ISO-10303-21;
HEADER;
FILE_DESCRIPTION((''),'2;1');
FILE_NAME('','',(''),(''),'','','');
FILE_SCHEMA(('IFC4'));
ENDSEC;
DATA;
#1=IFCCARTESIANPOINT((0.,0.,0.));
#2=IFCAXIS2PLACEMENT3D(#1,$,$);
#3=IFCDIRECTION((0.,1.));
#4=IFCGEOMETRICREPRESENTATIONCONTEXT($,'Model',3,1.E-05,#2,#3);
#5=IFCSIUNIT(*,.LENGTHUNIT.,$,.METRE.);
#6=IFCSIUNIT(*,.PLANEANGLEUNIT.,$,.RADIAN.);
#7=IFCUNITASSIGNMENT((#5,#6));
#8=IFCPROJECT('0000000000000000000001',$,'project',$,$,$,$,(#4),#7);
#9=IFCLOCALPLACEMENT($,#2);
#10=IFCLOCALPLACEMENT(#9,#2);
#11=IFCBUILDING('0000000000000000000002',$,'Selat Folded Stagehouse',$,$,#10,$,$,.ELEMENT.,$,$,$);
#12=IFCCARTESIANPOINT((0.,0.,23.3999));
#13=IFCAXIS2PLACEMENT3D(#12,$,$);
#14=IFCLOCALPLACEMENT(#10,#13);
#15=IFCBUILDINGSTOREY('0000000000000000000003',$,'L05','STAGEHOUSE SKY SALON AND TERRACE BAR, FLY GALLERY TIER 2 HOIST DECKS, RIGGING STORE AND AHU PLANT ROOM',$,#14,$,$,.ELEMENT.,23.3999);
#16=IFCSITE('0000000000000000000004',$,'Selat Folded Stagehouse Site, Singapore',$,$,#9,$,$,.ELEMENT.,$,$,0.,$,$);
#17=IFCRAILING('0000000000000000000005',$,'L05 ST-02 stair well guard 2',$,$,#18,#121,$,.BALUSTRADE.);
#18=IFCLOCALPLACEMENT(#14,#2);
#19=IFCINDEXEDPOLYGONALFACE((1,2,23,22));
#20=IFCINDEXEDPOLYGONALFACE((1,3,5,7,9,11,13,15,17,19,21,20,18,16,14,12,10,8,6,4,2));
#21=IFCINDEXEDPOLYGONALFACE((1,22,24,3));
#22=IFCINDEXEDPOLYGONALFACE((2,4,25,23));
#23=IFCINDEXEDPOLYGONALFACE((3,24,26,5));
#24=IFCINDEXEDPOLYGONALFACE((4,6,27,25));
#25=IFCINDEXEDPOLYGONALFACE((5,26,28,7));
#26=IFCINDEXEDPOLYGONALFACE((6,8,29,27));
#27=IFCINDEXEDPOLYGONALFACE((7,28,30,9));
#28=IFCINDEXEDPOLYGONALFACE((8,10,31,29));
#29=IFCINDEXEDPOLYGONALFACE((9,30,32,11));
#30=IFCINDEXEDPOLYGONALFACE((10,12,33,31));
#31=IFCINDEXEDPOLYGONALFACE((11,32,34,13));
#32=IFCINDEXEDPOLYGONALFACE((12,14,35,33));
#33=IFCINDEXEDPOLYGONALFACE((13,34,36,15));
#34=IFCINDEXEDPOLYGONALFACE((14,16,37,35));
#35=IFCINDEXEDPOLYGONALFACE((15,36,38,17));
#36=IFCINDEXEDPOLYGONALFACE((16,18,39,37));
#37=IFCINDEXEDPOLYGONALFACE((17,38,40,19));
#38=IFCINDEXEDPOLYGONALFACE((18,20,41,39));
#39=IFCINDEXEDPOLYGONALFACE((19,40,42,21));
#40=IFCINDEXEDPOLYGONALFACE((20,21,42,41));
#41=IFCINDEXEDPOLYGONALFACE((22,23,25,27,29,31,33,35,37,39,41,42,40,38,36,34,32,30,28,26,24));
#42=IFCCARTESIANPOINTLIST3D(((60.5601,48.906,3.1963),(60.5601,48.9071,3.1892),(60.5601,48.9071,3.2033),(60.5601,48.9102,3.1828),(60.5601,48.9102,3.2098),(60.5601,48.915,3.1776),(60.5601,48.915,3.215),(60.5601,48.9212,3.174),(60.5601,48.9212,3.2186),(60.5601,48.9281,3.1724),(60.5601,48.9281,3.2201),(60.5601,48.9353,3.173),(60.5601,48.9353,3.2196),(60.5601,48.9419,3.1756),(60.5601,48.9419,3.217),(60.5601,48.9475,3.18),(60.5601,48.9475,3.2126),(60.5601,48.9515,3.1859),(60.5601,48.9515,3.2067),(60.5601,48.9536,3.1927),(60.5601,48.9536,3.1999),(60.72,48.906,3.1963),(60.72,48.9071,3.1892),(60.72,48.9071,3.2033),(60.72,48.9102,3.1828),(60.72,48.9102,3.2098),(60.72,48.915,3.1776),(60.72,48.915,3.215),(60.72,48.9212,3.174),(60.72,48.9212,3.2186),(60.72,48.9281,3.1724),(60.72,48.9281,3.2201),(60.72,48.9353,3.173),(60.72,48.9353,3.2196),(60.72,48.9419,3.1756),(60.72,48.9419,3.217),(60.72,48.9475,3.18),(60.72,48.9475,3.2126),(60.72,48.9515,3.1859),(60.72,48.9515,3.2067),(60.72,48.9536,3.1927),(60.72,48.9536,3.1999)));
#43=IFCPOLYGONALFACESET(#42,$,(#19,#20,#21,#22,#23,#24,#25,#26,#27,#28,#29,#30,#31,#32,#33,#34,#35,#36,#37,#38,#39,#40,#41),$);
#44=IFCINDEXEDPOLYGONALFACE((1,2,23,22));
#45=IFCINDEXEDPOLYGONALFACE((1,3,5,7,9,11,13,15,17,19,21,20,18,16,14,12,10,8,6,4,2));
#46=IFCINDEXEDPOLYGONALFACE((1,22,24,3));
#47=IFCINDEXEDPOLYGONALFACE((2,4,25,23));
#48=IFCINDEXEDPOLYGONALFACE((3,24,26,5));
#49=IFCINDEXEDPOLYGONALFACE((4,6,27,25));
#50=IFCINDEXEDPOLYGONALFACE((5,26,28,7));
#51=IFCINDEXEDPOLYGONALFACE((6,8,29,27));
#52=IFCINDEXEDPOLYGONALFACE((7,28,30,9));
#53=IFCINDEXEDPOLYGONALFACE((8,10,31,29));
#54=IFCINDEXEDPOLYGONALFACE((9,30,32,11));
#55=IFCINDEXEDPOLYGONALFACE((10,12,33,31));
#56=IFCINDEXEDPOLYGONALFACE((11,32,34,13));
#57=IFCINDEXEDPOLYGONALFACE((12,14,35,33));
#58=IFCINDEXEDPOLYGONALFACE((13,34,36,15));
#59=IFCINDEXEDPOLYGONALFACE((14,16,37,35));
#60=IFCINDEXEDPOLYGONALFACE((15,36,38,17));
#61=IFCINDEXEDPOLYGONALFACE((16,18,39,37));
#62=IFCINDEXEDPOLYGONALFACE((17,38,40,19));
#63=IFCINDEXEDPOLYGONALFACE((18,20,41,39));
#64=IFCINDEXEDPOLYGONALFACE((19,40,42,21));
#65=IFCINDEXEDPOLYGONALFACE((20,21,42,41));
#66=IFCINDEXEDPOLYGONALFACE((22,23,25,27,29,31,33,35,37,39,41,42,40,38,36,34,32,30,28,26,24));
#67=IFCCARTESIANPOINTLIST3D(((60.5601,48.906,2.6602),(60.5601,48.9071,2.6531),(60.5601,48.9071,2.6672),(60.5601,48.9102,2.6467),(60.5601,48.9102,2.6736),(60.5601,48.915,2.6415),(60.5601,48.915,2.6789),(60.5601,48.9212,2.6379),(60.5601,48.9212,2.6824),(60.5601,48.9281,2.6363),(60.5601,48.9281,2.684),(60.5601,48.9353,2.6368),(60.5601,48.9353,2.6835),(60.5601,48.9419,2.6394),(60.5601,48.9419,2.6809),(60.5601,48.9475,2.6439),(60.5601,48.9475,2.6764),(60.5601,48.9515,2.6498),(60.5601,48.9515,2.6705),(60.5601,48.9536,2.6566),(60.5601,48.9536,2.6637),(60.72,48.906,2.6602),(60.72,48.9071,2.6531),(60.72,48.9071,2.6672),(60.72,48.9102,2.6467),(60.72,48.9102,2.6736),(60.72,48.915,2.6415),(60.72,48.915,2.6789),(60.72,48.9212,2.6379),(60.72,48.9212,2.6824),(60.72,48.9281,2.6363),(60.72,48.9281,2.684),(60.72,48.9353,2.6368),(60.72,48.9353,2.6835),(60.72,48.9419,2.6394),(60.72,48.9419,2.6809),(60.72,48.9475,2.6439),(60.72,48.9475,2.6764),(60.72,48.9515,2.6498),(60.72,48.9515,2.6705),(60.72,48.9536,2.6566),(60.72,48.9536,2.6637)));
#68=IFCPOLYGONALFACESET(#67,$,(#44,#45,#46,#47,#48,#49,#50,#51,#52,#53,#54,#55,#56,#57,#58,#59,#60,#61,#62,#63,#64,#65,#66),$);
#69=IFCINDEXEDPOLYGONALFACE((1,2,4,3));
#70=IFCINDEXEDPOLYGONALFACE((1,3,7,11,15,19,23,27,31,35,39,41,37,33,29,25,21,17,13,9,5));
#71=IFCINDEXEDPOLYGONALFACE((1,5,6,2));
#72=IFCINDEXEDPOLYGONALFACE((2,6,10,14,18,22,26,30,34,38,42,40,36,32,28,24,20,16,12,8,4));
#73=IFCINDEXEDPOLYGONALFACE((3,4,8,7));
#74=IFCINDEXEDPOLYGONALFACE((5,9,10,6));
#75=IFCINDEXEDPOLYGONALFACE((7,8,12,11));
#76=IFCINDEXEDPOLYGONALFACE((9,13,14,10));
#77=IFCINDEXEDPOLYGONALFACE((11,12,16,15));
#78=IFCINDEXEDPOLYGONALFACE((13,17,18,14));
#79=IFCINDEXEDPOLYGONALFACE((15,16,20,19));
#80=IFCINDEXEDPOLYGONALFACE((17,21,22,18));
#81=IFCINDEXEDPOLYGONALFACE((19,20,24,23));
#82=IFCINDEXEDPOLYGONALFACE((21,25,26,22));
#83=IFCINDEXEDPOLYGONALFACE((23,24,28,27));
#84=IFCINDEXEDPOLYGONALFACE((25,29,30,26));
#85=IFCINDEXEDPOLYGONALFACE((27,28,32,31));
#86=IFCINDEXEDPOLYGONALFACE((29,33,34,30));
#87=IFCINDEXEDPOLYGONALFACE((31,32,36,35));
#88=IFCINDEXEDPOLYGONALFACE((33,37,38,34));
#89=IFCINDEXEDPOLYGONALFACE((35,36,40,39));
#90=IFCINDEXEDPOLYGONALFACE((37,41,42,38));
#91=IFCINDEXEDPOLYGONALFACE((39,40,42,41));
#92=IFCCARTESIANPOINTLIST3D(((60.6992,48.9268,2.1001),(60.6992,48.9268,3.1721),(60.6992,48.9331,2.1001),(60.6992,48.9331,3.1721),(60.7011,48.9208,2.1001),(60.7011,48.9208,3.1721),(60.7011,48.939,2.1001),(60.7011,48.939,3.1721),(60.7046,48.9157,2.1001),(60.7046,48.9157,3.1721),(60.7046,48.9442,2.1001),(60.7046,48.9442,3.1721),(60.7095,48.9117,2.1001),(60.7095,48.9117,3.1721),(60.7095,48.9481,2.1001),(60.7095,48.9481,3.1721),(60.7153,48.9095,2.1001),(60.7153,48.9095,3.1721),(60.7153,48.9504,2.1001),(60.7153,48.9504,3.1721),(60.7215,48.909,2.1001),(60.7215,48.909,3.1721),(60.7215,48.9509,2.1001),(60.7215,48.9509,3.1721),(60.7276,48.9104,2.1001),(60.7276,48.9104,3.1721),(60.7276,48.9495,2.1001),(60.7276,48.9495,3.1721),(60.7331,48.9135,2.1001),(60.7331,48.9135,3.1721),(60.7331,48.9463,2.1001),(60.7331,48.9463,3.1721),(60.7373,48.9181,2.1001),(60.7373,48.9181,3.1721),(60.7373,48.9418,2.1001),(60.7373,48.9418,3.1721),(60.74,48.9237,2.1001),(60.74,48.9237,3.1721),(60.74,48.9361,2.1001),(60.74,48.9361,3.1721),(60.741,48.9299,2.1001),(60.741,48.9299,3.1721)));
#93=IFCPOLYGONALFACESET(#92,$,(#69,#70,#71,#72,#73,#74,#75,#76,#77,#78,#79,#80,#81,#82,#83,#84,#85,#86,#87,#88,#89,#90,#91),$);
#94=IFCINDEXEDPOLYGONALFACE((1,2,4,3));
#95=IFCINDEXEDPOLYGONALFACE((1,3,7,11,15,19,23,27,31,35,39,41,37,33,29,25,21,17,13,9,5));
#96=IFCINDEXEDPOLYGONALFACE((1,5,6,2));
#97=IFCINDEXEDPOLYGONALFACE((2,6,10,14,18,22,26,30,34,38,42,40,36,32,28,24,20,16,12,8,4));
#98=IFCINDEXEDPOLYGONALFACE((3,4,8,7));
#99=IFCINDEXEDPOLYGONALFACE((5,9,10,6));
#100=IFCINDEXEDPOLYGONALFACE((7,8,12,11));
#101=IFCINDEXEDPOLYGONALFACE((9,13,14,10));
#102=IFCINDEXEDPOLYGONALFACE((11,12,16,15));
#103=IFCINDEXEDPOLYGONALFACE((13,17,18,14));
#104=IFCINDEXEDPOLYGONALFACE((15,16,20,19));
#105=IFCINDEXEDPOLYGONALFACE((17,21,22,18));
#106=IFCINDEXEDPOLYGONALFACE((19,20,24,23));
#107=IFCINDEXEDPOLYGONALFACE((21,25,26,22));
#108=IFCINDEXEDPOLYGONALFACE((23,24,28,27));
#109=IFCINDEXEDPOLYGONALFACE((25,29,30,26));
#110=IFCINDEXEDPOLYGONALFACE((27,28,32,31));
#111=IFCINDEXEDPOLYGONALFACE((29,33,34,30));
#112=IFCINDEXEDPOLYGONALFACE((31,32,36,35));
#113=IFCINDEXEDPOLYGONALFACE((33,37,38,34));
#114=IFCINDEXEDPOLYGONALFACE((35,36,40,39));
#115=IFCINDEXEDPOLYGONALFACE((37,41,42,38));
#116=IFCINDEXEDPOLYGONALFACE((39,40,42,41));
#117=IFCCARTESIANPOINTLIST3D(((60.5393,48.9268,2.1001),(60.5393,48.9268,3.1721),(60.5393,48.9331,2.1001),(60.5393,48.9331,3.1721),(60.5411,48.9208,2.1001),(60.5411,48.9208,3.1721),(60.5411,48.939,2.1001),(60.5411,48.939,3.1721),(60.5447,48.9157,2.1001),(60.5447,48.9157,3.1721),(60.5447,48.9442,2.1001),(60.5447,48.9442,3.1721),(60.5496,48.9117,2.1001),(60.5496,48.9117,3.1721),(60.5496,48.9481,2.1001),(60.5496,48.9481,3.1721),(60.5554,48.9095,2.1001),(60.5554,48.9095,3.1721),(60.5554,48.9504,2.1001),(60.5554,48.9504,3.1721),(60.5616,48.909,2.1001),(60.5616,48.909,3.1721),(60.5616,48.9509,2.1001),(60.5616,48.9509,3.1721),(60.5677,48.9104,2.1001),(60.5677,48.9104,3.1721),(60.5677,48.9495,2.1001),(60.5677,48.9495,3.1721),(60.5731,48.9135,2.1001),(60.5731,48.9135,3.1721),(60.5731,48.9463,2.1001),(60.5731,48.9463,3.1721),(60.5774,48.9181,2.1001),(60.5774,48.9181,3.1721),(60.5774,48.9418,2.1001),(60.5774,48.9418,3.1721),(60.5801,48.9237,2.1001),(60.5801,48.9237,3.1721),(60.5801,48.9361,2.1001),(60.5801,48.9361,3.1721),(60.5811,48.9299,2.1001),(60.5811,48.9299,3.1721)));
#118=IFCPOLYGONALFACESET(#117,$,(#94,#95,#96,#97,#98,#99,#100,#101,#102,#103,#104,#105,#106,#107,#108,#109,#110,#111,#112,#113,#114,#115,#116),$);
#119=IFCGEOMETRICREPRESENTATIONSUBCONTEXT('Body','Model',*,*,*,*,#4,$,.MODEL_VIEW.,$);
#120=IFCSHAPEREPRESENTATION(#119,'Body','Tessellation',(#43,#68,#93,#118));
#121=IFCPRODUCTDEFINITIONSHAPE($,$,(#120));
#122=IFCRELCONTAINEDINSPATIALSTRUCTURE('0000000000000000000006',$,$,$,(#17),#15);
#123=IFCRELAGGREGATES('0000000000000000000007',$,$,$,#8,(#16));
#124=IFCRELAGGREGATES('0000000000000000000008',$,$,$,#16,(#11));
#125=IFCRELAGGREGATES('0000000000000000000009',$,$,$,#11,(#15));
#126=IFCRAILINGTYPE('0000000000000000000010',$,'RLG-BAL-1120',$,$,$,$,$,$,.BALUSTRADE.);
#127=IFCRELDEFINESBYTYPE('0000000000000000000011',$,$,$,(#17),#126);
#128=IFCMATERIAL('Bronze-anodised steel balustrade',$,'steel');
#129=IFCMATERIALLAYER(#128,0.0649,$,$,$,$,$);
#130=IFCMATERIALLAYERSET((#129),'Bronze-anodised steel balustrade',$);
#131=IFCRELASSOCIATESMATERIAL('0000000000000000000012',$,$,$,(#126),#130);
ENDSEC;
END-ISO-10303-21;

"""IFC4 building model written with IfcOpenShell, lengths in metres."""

from ifc_helpers import new_model, si_unit, direction, frame, origin, origin_2d, place, context, subcontext, project, spatial, circle, extrude, material, layer, layer_set, type_object, element, save


model = new_model("IFC4")

# Units and contexts
model_context = context("Model", 3, precision=1e-05, world=origin(), true_north=direction((0.0, 1.0)))
body_context = subcontext(model_context, "Body", "Model", "MODEL_VIEW")
ifc_project = project(units=[si_unit("LENGTHUNIT", "METRE"), si_unit("PLANEANGLEUNIT", "RADIAN")], contexts=[model_context])

# Site, building, storey
site_placement = place(None, origin())
site = spatial("IfcSite", under=ifc_project, at=site_placement, Name="Selat Folded Stagehouse Site, Singapore", CompositionType="ELEMENT", RefElevation=0.0)
building_placement = place(site_placement, origin())
building = spatial("IfcBuilding", under=site, at=building_placement, Name="Selat Folded Stagehouse", CompositionType="ELEMENT")
storey_placement = place(building_placement, frame((0.0, 0.0, 23.3999)))
storey = spatial("IfcBuildingStorey", under=building, at=storey_placement, Name="L05", Description="STAGEHOUSE SKY SALON AND TERRACE BAR, FLY GALLERY TIER 2 HOIST DECKS, RIGGING STORE AND AHU PLANT ROOM", CompositionType="ELEMENT", Elevation=23.3999)

# Railing
ifc_material_1 = material(Name="Bronze-anodised steel balustrade", Category="steel")
ifc_layer_1 = layer(ifc_material_1, 0.0649)
ifc_layer_set_1 = layer_set([ifc_layer_1], Name="Bronze-anodised steel balustrade")
railing_type_1 = type_object("IfcRailingType", Name="RLG-BAL-1120", PredefinedType="BALUSTRADE", material=ifc_layer_set_1)
railing_1_placement = place(storey_placement, frame((60.72, 48.9299, 2.1001)))
element("IfcRailing", 1, at=railing_1_placement, inside=storey, type_object=railing_type_1, Name="L05 ST-02 stair well guard 2", PredefinedType="BALUSTRADE", context=body_context, shape_type="SweptSolid", body=[
    extrude(circle(Radius=0.0239, at=origin_2d()), frame((0.0, 0.0, 1.0962), z_axis=(-1.0, 0.0, 0.0), x_axis=(0.0, -1.0, 0.0)), (0.0, 0.0, 1.0), 0.1599),
    extrude(circle(Radius=0.0239, at=origin_2d()), frame((0.0, 0.0, 0.5601), z_axis=(-1.0, 0.0, 0.0), x_axis=(0.0, -1.0, 0.0)), (0.0, 0.0, 1.0), 0.1599),
    extrude(circle(Radius=0.021, at=origin_2d()), origin(), (0.0, 0.0, 1.0), 1.072),
    extrude(circle(Radius=0.021, at=origin_2d()), frame((-0.1599, 0.0, 0.0)), (0.0, 0.0, 1.0), 1.072),
])

save(model, "model.ifc")
